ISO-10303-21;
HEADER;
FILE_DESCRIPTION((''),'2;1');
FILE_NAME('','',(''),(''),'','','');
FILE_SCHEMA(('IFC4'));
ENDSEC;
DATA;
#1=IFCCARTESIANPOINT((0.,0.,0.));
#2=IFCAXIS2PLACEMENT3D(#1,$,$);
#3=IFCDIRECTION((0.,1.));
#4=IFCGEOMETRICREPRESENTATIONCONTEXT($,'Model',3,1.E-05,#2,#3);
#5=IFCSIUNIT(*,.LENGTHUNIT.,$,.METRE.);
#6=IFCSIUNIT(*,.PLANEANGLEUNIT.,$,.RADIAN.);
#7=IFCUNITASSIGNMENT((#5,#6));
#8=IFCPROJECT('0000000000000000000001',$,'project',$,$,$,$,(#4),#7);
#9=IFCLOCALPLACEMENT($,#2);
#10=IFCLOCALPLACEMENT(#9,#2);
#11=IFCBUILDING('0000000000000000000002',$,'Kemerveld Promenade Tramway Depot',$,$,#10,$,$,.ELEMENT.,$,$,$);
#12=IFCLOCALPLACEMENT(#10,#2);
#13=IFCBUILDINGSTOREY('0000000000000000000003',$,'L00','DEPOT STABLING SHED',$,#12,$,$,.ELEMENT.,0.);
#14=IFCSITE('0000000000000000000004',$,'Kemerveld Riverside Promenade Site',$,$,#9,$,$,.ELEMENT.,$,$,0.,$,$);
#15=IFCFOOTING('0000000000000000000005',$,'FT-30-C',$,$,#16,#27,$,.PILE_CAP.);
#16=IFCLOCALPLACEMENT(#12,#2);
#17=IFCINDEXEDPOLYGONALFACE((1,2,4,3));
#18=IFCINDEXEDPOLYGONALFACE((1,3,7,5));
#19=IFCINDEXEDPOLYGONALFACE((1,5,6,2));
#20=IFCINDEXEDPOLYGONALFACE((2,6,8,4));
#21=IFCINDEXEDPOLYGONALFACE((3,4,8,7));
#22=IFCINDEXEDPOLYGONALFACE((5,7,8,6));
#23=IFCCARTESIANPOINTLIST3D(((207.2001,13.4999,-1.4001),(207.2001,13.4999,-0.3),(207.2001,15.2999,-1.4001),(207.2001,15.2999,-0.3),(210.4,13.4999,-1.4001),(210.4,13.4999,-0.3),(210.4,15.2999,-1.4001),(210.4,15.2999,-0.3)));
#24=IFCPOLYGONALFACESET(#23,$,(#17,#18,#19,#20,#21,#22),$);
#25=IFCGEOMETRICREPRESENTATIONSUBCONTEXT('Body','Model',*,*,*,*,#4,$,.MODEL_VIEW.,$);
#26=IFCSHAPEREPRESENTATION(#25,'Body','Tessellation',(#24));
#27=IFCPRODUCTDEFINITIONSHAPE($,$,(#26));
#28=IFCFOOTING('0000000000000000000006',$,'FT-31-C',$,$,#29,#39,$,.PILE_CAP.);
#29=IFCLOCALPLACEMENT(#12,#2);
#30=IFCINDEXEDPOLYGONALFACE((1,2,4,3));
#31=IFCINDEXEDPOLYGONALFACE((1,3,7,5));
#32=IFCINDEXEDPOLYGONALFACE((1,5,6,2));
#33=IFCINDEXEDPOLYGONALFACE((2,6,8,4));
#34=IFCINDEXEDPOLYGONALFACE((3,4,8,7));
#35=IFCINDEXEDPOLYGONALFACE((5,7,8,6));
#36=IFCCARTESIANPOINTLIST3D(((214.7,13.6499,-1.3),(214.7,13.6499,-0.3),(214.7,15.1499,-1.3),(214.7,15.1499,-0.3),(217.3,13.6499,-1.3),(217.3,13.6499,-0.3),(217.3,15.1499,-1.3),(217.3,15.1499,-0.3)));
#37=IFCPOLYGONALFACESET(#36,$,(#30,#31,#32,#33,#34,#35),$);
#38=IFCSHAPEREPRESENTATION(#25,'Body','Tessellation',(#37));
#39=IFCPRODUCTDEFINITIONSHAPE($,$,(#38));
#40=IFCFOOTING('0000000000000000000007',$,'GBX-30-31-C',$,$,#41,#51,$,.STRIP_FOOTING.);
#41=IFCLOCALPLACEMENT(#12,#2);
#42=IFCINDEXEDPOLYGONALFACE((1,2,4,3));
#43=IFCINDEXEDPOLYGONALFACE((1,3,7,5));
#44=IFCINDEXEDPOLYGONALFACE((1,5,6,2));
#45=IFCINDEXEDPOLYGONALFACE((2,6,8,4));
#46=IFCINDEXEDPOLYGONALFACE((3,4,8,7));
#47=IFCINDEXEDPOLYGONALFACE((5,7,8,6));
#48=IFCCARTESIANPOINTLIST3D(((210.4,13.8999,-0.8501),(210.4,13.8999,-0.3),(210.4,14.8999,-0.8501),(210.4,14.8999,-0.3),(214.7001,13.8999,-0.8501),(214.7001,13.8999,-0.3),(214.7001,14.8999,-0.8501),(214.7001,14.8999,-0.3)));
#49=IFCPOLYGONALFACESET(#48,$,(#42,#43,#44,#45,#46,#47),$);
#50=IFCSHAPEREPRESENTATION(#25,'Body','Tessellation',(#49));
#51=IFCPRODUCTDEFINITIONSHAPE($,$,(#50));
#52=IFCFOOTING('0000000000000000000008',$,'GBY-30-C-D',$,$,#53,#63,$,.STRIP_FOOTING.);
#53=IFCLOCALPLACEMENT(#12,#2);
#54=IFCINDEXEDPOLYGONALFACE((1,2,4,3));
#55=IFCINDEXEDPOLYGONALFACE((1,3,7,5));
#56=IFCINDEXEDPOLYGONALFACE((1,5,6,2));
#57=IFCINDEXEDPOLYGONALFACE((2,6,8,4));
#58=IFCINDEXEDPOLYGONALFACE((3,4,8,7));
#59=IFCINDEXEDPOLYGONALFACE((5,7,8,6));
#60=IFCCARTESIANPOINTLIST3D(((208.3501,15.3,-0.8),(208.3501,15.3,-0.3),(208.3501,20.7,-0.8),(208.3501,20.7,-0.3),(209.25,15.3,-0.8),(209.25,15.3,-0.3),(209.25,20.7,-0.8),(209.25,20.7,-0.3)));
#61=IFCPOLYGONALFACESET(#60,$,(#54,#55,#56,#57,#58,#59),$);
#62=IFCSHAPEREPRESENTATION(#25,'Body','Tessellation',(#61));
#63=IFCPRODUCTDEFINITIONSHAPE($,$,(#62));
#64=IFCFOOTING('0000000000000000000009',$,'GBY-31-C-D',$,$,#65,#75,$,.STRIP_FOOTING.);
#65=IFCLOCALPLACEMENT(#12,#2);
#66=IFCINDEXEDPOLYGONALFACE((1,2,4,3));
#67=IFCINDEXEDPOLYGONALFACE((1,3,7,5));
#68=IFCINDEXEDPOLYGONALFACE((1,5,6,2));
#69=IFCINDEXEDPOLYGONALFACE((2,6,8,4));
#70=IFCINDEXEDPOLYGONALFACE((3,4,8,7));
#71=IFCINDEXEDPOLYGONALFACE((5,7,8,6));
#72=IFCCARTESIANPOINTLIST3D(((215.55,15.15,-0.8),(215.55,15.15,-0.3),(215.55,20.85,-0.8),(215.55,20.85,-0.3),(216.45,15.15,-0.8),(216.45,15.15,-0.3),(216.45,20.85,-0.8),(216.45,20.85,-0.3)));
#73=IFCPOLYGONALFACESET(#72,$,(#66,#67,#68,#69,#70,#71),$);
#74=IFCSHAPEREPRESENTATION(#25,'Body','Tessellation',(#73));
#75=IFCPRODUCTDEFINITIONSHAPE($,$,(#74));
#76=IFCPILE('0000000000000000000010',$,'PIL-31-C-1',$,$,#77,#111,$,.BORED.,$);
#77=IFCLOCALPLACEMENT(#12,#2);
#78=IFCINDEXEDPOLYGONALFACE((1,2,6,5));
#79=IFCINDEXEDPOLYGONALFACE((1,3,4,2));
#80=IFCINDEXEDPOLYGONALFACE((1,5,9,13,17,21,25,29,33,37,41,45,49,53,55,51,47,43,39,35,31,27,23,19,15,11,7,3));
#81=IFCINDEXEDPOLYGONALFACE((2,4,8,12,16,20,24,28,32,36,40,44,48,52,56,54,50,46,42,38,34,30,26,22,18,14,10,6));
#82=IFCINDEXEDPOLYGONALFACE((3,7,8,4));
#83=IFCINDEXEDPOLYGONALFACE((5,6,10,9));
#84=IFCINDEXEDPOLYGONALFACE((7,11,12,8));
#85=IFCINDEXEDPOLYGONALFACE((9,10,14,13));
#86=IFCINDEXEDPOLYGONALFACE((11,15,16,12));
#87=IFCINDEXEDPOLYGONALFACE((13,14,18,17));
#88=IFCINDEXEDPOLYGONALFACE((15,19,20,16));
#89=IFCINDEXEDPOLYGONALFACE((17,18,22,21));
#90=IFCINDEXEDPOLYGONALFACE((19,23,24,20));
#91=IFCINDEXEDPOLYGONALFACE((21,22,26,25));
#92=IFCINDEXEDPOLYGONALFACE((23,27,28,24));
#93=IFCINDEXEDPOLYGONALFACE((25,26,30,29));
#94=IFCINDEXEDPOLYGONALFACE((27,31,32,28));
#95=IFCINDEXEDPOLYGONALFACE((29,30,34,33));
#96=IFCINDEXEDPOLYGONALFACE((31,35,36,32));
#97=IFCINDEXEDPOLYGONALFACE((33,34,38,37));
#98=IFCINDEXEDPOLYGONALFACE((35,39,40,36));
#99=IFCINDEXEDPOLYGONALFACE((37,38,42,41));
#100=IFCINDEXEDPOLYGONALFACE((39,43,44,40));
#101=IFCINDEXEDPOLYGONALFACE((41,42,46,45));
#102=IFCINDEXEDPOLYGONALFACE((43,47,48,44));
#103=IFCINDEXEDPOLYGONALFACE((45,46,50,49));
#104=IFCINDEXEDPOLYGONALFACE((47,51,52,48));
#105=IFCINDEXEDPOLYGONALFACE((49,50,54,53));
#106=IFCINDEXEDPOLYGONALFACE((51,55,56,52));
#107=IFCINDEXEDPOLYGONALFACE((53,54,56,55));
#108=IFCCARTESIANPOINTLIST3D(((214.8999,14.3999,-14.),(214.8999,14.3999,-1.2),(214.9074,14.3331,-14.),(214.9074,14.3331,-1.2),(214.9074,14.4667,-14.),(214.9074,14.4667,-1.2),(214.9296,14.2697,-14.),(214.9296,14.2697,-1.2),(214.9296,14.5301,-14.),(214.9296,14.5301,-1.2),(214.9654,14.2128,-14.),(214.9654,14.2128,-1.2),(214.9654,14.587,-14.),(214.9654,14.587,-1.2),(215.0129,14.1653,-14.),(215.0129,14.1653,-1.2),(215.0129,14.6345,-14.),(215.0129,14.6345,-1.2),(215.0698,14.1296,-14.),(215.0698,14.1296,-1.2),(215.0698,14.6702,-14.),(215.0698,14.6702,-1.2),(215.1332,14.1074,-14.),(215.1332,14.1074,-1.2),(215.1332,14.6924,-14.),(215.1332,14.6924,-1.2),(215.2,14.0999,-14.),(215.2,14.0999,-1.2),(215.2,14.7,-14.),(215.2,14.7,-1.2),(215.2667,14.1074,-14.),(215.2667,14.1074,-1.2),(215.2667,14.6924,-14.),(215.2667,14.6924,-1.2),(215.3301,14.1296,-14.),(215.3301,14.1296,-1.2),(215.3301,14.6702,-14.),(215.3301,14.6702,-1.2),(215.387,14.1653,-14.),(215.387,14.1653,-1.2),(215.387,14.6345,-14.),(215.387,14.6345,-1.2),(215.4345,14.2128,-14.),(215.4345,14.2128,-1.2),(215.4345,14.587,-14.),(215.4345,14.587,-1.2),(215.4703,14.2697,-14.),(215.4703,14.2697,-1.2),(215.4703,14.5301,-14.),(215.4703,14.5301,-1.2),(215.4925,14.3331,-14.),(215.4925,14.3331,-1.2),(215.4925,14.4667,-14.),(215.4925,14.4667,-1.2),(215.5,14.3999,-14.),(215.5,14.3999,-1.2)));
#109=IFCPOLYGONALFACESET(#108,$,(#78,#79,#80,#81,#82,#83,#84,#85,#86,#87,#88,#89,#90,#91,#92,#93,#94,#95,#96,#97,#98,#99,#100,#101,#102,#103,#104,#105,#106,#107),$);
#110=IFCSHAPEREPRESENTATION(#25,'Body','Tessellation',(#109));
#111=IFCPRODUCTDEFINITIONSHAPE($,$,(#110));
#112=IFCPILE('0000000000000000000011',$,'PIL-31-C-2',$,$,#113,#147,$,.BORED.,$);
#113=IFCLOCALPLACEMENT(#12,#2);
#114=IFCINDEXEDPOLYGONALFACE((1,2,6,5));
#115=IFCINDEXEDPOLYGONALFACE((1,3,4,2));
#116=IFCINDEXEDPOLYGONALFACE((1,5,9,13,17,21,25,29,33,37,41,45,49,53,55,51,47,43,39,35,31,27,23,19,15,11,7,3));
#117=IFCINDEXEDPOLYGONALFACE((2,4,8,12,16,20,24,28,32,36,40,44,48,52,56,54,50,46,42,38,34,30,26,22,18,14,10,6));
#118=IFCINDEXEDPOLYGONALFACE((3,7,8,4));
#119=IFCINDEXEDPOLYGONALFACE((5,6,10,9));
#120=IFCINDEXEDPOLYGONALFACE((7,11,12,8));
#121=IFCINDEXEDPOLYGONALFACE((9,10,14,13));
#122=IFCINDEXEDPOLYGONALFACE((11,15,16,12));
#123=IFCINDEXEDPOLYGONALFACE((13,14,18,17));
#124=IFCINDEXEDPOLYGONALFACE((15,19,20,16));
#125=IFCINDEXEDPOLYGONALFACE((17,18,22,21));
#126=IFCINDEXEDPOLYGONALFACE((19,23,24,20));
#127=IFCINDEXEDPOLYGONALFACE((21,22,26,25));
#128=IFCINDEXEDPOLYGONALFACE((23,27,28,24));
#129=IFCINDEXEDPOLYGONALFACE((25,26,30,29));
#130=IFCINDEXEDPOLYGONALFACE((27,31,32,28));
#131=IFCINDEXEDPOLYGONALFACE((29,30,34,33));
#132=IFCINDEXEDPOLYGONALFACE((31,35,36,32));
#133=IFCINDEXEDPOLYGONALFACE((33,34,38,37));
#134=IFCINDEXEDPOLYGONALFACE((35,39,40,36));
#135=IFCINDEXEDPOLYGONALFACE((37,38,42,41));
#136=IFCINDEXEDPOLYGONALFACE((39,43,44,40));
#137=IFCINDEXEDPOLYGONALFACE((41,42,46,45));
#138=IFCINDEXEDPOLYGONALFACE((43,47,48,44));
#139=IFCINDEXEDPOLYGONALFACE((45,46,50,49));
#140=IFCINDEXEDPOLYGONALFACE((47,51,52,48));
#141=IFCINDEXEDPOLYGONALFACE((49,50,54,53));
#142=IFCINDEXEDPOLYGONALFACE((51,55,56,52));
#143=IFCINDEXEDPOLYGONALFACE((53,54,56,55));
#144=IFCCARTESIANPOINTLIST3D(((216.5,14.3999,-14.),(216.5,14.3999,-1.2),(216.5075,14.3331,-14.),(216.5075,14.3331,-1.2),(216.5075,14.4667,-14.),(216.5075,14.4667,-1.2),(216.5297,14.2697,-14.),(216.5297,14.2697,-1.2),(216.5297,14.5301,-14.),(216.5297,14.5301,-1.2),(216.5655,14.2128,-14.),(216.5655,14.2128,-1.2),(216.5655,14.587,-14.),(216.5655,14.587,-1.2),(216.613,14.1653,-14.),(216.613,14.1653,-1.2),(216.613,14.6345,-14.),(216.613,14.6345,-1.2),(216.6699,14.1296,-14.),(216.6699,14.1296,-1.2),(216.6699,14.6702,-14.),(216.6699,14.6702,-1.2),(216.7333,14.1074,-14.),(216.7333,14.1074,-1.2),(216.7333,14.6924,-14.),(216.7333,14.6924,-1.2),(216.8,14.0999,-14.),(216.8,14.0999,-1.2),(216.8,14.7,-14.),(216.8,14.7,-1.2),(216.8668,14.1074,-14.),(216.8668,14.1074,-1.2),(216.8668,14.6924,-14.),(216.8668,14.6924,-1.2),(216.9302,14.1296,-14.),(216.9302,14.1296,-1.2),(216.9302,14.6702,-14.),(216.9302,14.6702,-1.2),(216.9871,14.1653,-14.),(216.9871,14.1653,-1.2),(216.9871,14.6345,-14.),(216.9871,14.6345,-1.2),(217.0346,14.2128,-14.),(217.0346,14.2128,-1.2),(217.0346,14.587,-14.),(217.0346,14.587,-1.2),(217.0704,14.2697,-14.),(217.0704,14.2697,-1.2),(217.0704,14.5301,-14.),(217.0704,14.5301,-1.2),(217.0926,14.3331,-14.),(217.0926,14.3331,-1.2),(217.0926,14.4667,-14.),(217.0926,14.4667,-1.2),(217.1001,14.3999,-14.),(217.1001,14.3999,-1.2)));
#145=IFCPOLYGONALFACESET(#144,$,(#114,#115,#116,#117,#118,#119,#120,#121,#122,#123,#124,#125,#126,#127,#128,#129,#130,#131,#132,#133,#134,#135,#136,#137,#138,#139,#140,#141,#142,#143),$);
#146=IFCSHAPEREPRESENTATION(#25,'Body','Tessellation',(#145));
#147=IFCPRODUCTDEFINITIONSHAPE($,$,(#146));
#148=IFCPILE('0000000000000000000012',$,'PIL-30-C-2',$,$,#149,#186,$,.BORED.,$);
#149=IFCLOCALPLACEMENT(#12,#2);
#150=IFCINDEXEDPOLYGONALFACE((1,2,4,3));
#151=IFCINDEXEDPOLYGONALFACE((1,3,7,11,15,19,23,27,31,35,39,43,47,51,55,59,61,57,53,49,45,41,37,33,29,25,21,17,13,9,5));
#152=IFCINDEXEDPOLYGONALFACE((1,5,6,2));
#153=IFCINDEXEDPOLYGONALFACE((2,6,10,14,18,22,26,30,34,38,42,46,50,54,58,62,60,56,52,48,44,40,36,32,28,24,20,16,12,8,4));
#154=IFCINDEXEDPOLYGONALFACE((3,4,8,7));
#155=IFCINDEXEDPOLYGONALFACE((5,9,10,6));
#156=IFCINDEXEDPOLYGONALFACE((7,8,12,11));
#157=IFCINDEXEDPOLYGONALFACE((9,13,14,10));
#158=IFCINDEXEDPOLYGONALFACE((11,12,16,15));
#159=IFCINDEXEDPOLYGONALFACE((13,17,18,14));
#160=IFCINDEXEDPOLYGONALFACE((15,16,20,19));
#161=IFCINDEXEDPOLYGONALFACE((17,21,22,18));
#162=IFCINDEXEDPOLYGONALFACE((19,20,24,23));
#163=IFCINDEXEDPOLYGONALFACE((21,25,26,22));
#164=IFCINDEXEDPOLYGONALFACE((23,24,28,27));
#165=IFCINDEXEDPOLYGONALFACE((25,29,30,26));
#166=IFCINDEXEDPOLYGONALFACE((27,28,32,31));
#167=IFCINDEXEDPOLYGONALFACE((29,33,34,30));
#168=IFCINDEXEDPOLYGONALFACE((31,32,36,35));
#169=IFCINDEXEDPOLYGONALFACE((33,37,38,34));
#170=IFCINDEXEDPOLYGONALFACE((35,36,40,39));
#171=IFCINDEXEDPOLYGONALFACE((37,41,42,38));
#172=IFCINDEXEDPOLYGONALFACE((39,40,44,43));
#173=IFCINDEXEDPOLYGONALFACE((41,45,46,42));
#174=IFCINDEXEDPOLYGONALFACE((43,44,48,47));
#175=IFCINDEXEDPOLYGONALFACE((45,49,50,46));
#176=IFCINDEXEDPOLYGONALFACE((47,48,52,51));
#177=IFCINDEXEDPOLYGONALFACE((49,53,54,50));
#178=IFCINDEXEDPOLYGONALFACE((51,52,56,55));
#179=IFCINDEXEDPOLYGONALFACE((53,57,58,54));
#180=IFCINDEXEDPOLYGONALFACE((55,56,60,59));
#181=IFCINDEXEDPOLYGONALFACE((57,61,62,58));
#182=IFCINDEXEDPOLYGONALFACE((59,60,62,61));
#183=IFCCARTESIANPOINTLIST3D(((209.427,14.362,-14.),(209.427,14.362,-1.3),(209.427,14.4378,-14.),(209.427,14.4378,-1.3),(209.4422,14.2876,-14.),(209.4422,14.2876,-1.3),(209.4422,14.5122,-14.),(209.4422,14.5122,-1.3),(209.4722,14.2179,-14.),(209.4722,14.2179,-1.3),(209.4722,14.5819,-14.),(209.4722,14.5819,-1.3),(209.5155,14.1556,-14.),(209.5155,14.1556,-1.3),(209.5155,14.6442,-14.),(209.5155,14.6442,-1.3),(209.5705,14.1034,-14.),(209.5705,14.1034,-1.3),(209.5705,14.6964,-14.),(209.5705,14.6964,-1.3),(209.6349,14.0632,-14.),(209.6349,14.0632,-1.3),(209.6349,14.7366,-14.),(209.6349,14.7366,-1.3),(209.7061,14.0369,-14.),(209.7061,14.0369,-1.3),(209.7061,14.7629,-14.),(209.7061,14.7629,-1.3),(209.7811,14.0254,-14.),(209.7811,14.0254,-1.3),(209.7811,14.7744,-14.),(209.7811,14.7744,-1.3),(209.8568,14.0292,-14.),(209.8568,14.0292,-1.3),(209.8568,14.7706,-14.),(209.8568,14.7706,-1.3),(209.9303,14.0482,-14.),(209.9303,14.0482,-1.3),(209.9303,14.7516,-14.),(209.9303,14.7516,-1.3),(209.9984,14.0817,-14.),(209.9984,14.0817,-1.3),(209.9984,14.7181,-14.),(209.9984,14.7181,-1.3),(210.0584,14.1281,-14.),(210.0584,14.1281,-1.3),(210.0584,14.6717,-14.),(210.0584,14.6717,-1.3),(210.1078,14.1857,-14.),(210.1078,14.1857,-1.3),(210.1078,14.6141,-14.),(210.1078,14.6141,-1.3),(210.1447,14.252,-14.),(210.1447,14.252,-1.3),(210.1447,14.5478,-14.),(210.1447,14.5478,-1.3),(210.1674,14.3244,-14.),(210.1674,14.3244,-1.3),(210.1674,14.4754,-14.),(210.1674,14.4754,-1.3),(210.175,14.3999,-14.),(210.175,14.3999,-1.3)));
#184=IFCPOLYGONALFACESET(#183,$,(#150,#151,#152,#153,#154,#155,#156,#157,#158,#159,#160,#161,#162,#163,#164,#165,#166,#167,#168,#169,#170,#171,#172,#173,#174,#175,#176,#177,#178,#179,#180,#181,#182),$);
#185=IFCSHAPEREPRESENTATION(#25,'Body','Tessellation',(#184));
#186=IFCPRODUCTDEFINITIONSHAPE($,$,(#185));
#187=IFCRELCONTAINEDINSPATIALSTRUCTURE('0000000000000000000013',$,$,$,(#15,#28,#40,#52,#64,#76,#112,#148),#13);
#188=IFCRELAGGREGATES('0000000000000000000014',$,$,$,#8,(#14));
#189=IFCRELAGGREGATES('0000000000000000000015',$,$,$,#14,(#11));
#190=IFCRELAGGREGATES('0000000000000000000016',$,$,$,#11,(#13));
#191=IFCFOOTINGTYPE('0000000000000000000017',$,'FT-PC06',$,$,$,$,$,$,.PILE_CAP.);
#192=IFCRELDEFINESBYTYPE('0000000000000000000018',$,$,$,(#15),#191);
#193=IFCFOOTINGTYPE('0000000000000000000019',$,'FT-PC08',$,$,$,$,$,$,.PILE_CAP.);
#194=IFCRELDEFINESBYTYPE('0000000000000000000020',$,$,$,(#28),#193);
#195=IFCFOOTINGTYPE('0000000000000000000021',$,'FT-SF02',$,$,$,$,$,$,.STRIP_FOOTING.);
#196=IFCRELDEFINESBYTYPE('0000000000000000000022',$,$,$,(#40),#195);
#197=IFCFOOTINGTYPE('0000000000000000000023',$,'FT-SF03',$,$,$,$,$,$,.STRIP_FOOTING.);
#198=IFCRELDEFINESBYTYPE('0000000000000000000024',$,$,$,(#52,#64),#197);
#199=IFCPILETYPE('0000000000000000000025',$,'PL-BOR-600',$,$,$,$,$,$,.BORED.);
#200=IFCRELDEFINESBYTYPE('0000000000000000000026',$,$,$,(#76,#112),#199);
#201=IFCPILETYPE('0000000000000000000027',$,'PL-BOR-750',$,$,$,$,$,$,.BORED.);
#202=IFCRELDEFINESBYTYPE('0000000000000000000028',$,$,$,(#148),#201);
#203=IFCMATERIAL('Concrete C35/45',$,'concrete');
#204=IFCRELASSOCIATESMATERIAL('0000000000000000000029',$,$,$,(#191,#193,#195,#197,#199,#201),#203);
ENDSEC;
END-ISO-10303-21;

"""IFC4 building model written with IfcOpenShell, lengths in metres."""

from ifc_helpers import new_model, si_unit, direction, frame, origin, origin_2d, place, context, subcontext, project, spatial, rectangle, circle, extrude, material, material_profile, profile_set, type_object, element, save


model = new_model("IFC4")

# Units and contexts
model_context = context("Model", 3, precision=1e-05, world=origin(), true_north=direction((0.0, 1.0)))
body_context = subcontext(model_context, "Body", "Model", "MODEL_VIEW")
ifc_project = project(units=[si_unit("LENGTHUNIT", "METRE"), si_unit("PLANEANGLEUNIT", "RADIAN")], contexts=[model_context])

# Site, building, storey
site_placement = place(None, origin())
site = spatial("IfcSite", under=ifc_project, at=site_placement, Name="Kemerveld Riverside Promenade Site", CompositionType="ELEMENT", RefElevation=0.0)
building_placement = place(site_placement, origin())
building = spatial("IfcBuilding", under=site, at=building_placement, Name="Kemerveld Promenade Tramway Depot", CompositionType="ELEMENT")
storey_placement = place(building_placement, origin())
storey = spatial("IfcBuildingStorey", under=building, at=storey_placement, Name="L00", Description="DEPOT STABLING SHED", CompositionType="ELEMENT", Elevation=0.0)

# Footings
ifc_material_1 = material(Name="Concrete C35/45", Category="concrete")
footing_type_1 = type_object("IfcFootingType", Name="FT-PC06", PredefinedType="PILE_CAP", material=ifc_material_1)
footing_1_placement = place(storey_placement, frame((208.8, 14.3999, -1.4001), z_axis=(0.0, 0.0, 1.0), x_axis=(1.0, 0.0, 0.0)))
element("IfcFooting", 1, at=footing_1_placement, inside=storey, type_object=footing_type_1, Name="FT-30-C", PredefinedType="PILE_CAP", context=body_context, shape_type="SweptSolid", body=[
    extrude(rectangle(XDim=3.2, YDim=1.8, at=origin_2d()), origin(), (0.0, 0.0, 1.0), 1.1001),
])
footing_type_2 = type_object("IfcFootingType", Name="FT-PC08", PredefinedType="PILE_CAP", material=ifc_material_1)
footing_2_placement = place(storey_placement, frame((216.0, 14.3999, -1.3), z_axis=(0.0, 0.0, 1.0), x_axis=(1.0, 0.0, 0.0)))
element("IfcFooting", 2, at=footing_2_placement, inside=storey, type_object=footing_type_2, Name="FT-31-C", PredefinedType="PILE_CAP", context=body_context, shape_type="SweptSolid", body=[
    extrude(rectangle(XDim=2.6001, YDim=1.5, at=origin_2d()), origin(), (0.0, 0.0, 1.0), 1.0),
])
footing_type_3 = type_object("IfcFootingType", Name="FT-SF02", PredefinedType="STRIP_FOOTING", material=ifc_material_1)
footing_3_placement = place(storey_placement, frame((212.55, 14.3999, -0.8501), z_axis=(0.0, 0.0, 1.0), x_axis=(1.0, 0.0, 0.0)))
element("IfcFooting", 3, at=footing_3_placement, inside=storey, type_object=footing_type_3, Name="GBX-30-31-C", PredefinedType="STRIP_FOOTING", context=body_context, shape_type="SweptSolid", body=[
    extrude(rectangle(XDim=4.3, YDim=1.0, at=origin_2d()), origin(), (0.0, 0.0, 1.0), 0.55),
])
footing_type_4 = type_object("IfcFootingType", Name="FT-SF03", PredefinedType="STRIP_FOOTING", material=ifc_material_1)
footing_4_placement = place(storey_placement, frame((208.8, 18.0, -0.8), z_axis=(0.0, 0.0, 1.0), x_axis=(0.0, 1.0, 0.0)))
element("IfcFooting", 4, at=footing_4_placement, inside=storey, type_object=footing_type_4, Name="GBY-30-C-D", PredefinedType="STRIP_FOOTING", context=body_context, shape_type="SweptSolid", body=[
    extrude(rectangle(XDim=5.3999, YDim=0.8999, at=origin_2d()), origin(), (0.0, 0.0, 1.0), 0.5),
])
footing_5_placement = place(storey_placement, frame((216.0, 18.0, -0.8), z_axis=(0.0, 0.0, 1.0), x_axis=(0.0, 1.0, 0.0)))
element("IfcFooting", 5, at=footing_5_placement, inside=storey, type_object=footing_type_4, Name="GBY-31-C-D", PredefinedType="STRIP_FOOTING", context=body_context, shape_type="SweptSolid", body=[
    extrude(rectangle(XDim=5.7, YDim=0.8999, at=origin_2d()), origin(), (0.0, 0.0, 1.0), 0.5),
])

# Piles
ifc_material_profile_1 = material_profile(ifc_material_1, circle(Radius=0.3, at=origin_2d()), Name="PILE-D600")
ifc_profile_set_1 = profile_set([ifc_material_profile_1], Name="Concrete C35/45")
pile_type_1 = type_object("IfcPileType", Name="PL-BOR-600", PredefinedType="BORED", material=ifc_profile_set_1)
for number, where, z_axis, x_axis, name in (
    (6, (215.2, 14.3999, -1.2), (0.0, 0.0, -1.0), (1.0, 0.0, 0.0), "PIL-31-C-1"),
    (7, (216.8, 14.3999, -1.2), (0.0, 0.0, -1.0), (1.0, 0.0, 0.0), "PIL-31-C-2"),
):
    element("IfcPile", number, at=place(storey_placement, frame(where, z_axis=z_axis, x_axis=x_axis)), inside=storey, type_object=pile_type_1, Name=name, PredefinedType="BORED", context=body_context, shape_type="SweptSolid", body=[
        extrude(circle(Radius=0.3, at=origin_2d()), origin(), (0.0, 0.0, 1.0), 12.8),
    ])
ifc_material_profile_2 = material_profile(ifc_material_1, circle(Radius=0.375, at=origin_2d()), Name="PILE-D750")
ifc_profile_set_2 = profile_set([ifc_material_profile_2], Name="Concrete C35/45")
pile_type_2 = type_object("IfcPileType", Name="PL-BOR-750", PredefinedType="BORED", material=ifc_profile_set_2)
pile_placement = place(storey_placement, frame((209.8, 14.3999, -1.3), z_axis=(0.0, 0.0, -1.0), x_axis=(1.0, 0.0, 0.0)))
element("IfcPile", 8, at=pile_placement, inside=storey, type_object=pile_type_2, Name="PIL-30-C-2", PredefinedType="BORED", context=body_context, shape_type="SweptSolid", body=[
    extrude(circle(Radius=0.375, at=origin_2d()), origin(), (0.0, 0.0, 1.0), 12.7),
])

save(model, "model.ifc")
